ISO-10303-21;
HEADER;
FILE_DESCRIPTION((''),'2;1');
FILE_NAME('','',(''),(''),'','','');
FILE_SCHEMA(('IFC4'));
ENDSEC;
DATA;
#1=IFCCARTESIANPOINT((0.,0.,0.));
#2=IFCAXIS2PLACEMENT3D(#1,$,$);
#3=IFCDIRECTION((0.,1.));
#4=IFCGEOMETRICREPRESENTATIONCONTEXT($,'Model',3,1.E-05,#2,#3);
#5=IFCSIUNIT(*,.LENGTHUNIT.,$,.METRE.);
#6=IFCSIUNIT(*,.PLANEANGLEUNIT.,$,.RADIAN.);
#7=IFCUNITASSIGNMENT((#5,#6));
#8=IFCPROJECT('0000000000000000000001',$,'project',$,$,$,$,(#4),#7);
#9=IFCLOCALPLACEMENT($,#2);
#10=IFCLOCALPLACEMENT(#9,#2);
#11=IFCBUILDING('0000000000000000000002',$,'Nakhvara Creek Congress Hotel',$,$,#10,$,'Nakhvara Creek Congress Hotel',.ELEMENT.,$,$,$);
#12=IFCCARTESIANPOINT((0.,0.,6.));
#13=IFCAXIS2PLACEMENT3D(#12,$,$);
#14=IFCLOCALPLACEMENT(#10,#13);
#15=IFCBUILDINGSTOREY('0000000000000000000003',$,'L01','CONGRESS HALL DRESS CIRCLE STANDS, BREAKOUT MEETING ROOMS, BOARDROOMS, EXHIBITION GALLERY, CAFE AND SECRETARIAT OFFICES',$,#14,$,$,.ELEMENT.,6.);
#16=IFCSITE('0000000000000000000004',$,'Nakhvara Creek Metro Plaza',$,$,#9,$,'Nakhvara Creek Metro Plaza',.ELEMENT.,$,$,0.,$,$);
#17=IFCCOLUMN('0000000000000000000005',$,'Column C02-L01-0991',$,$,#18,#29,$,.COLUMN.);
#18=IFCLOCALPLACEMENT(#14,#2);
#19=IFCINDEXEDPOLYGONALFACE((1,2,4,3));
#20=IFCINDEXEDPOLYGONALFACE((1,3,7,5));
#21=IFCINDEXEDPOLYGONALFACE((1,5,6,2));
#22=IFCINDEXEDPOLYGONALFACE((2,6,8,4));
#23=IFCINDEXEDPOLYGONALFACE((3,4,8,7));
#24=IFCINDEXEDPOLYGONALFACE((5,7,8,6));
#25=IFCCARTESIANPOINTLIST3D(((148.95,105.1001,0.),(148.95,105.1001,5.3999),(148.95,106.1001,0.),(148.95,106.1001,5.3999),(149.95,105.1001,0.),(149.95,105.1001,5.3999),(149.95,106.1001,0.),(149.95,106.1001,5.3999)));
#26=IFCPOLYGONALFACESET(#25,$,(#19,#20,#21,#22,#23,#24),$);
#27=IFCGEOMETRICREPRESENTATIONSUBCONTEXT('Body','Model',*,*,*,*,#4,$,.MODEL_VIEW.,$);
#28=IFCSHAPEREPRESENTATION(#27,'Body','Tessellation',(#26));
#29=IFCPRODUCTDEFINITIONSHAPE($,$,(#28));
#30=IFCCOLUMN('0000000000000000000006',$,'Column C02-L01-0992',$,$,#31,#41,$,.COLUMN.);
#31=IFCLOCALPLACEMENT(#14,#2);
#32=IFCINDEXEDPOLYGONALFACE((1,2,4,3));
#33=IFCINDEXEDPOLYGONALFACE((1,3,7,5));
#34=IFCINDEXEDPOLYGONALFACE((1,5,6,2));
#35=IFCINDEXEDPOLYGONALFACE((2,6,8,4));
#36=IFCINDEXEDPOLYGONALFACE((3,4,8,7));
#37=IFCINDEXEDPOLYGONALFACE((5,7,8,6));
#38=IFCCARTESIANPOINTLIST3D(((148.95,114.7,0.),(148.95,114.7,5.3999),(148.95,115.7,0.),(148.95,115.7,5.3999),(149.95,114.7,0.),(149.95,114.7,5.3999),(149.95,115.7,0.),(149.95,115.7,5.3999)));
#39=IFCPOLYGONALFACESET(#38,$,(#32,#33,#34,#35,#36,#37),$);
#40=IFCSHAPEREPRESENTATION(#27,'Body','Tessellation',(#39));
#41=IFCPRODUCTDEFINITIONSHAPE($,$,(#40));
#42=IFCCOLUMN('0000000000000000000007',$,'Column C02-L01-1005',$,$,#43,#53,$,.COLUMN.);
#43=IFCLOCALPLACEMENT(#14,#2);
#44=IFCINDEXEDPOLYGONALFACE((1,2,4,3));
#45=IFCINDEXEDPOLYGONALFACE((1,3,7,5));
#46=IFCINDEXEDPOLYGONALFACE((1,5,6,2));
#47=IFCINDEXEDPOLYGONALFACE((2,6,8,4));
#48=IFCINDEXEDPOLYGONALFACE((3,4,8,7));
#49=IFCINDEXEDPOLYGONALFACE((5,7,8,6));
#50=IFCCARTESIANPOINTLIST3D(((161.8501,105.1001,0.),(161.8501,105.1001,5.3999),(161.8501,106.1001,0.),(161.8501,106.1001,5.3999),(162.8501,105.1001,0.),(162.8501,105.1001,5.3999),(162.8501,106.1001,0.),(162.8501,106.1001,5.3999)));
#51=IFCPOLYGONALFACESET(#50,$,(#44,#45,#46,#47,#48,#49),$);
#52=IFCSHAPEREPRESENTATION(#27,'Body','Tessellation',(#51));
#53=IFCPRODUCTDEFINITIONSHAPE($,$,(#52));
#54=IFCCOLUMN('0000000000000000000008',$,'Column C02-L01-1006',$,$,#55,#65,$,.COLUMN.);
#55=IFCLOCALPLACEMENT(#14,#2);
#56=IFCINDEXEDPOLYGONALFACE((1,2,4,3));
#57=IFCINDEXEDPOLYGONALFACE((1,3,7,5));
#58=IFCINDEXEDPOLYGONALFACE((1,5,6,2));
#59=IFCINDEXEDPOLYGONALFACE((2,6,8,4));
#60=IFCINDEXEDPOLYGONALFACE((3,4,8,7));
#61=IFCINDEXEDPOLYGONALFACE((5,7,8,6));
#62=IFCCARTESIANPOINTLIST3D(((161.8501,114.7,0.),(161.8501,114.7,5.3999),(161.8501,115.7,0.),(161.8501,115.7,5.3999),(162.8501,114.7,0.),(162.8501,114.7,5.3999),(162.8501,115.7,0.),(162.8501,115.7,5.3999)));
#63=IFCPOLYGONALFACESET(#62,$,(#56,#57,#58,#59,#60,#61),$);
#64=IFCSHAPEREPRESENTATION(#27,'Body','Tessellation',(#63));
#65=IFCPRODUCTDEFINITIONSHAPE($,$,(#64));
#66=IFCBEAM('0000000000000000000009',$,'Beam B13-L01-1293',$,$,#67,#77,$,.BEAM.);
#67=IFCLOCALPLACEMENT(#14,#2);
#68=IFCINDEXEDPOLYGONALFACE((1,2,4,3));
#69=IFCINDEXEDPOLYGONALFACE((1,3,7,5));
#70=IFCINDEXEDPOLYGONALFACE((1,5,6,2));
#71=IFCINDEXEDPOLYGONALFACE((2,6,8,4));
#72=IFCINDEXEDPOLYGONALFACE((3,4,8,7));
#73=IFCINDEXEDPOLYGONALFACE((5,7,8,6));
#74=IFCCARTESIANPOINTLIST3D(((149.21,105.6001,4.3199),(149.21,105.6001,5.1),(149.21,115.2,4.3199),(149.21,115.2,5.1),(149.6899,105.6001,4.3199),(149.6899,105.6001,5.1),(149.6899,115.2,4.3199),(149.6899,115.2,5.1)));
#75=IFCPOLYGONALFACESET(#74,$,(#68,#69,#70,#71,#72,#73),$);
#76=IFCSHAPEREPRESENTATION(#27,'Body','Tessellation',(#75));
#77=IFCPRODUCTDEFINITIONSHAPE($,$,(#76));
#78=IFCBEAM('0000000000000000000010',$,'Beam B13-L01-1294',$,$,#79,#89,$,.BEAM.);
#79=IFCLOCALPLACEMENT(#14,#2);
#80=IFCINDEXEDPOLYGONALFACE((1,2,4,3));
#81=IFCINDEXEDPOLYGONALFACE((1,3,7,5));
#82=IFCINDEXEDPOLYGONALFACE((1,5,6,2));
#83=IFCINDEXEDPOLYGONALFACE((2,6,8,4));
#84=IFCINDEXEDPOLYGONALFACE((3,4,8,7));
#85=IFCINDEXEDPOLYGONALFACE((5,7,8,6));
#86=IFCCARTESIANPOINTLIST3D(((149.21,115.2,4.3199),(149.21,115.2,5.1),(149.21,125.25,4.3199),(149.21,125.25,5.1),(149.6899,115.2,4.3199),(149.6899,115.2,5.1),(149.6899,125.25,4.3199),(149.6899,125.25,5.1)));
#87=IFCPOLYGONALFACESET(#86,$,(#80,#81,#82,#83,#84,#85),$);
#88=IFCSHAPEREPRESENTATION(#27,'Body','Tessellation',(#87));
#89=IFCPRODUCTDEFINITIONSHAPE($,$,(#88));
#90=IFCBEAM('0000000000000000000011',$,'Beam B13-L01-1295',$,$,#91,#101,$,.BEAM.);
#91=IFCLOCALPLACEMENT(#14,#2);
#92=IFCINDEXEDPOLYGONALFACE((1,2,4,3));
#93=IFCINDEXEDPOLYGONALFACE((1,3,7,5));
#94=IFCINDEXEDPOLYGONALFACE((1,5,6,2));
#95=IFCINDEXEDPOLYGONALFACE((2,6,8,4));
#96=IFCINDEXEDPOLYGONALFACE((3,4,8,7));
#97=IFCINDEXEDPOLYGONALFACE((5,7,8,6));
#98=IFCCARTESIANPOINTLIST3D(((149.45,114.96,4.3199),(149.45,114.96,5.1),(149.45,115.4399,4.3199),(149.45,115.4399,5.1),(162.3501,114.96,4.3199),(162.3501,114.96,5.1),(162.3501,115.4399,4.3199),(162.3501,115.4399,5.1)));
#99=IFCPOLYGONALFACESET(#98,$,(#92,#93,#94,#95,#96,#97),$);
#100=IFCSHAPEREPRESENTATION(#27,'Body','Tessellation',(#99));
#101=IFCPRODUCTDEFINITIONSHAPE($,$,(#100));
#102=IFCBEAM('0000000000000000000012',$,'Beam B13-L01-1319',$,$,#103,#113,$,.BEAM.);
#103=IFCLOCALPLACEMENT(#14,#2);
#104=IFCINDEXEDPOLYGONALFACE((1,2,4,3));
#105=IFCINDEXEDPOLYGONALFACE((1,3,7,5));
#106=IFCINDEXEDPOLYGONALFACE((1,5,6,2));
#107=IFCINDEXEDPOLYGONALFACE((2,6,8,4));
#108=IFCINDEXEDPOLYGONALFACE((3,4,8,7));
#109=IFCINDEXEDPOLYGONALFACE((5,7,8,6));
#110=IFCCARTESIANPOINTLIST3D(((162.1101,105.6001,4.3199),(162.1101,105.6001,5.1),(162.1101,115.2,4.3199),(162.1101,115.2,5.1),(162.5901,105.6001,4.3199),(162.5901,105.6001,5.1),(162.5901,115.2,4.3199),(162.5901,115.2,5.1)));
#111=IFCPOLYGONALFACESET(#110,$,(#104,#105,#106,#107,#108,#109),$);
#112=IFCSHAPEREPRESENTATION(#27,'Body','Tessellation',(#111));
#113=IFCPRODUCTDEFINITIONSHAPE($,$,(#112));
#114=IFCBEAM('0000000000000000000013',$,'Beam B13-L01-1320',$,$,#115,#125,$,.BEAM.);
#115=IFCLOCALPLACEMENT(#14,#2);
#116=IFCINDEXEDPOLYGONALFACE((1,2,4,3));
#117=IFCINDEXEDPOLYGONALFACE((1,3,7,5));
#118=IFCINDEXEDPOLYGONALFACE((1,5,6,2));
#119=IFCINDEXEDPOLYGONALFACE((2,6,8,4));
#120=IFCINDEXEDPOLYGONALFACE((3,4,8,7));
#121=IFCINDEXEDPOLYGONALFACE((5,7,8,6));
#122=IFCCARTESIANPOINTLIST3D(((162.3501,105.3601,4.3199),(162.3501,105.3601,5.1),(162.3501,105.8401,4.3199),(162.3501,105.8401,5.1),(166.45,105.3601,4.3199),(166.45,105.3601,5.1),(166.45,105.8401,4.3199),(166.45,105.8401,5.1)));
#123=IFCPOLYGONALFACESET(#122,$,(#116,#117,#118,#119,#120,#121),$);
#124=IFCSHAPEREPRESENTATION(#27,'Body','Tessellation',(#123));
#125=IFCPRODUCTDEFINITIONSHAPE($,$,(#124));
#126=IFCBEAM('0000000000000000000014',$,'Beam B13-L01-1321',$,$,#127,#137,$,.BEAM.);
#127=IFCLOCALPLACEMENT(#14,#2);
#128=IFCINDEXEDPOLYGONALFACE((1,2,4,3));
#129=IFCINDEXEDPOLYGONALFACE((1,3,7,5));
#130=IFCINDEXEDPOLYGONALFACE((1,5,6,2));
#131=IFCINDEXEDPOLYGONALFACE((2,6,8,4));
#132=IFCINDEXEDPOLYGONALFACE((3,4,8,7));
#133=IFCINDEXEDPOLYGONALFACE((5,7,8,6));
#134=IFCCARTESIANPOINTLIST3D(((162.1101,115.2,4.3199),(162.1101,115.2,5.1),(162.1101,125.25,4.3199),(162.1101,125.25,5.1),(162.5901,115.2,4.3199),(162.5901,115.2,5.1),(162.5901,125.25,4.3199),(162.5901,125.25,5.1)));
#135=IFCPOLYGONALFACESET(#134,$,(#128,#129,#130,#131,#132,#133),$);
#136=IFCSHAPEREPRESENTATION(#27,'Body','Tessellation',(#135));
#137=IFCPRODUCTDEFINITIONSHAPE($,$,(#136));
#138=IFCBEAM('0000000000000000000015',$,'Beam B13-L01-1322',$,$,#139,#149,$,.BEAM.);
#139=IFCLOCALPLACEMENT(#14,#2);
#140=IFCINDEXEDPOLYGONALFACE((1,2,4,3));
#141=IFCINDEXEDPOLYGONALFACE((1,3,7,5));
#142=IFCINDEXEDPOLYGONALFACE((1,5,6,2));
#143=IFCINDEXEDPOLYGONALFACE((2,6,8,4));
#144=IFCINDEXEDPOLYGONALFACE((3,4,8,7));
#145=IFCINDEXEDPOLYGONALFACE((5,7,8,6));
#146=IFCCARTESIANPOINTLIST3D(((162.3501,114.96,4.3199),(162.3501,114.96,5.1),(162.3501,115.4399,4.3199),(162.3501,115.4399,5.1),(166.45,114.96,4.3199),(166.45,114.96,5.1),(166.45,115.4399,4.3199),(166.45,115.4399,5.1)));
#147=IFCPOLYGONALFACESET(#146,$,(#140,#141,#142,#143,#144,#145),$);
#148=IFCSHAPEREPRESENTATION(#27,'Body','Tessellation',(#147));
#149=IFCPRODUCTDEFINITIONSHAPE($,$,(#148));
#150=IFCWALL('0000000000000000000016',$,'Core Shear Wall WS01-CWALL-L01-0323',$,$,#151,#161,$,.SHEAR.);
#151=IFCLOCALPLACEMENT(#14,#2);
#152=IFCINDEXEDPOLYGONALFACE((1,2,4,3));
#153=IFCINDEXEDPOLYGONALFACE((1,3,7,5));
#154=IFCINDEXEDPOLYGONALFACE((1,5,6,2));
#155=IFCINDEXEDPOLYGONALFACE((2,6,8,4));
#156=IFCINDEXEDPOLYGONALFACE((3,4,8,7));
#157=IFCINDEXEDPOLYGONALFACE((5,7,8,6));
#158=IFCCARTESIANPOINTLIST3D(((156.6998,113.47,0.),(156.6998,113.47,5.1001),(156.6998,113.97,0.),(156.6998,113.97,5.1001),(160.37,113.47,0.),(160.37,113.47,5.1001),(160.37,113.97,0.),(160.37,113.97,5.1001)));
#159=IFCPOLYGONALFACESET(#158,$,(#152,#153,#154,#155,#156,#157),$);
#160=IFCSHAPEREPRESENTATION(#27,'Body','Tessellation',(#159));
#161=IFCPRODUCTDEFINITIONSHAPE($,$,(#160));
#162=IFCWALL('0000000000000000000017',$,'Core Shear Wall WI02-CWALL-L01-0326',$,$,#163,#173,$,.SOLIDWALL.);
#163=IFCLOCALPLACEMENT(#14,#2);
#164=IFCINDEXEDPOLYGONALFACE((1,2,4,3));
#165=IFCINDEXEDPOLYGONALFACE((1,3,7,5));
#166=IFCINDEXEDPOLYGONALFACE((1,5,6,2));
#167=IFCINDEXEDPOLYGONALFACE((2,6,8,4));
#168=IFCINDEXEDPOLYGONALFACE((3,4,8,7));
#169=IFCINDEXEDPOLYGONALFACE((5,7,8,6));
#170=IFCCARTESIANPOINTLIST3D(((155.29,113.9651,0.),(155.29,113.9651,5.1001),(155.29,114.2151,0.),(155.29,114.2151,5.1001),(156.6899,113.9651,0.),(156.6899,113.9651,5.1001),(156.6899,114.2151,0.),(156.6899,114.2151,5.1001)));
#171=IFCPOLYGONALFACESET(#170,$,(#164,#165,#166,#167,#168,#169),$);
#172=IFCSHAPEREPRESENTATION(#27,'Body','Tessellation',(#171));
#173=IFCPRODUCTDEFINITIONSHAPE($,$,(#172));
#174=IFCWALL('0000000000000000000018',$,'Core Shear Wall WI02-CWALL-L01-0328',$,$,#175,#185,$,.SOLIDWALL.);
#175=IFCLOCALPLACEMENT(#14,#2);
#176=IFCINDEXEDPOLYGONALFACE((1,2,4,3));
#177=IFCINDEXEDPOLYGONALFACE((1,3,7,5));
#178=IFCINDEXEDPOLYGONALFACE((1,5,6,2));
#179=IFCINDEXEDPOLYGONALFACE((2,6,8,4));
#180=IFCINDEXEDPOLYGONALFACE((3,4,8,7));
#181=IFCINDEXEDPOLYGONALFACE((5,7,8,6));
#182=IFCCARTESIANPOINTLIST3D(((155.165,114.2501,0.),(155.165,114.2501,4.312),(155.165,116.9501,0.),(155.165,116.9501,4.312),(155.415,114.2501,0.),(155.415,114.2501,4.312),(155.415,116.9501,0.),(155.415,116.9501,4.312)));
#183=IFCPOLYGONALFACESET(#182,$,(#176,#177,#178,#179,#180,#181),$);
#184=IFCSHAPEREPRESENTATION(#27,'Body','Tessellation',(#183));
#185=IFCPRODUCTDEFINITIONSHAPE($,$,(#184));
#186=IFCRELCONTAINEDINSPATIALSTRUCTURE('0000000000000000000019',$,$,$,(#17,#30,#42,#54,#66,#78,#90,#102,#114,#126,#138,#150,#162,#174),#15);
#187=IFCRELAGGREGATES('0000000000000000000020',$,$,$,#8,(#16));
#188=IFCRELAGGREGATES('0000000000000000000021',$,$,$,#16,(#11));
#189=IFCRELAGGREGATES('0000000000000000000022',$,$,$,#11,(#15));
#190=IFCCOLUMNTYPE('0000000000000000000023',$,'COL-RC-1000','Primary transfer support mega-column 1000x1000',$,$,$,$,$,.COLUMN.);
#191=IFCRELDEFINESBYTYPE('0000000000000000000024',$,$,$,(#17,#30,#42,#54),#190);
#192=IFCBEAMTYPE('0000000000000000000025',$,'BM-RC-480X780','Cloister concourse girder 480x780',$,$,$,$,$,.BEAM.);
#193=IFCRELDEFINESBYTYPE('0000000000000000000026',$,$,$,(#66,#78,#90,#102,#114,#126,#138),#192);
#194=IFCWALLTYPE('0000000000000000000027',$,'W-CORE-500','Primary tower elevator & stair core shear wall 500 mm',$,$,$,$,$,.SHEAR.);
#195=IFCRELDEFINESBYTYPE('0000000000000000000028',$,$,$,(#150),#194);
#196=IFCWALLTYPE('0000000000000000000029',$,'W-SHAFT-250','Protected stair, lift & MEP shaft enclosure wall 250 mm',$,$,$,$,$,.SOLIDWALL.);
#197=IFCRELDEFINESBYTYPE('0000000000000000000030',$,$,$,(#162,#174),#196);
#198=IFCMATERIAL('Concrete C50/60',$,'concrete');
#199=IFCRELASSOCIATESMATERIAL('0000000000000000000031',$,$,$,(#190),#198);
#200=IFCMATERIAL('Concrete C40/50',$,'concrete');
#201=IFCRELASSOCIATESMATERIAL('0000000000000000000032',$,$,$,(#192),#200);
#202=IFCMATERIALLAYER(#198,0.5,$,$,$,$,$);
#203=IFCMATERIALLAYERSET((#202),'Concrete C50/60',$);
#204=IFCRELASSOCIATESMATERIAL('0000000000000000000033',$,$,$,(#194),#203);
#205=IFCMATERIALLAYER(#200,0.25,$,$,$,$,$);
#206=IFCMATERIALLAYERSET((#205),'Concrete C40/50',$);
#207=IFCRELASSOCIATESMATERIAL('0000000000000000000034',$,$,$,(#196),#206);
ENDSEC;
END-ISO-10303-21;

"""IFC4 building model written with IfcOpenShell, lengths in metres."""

from ifc_helpers import new_model, si_unit, direction, frame, frame_2d, origin, origin_2d, place, context, subcontext, project, spatial, rectangle, extrude, material, layer, layer_set, material_profile, profile_set, type_object, element, save


model = new_model("IFC4")

# Units and contexts
model_context = context("Model", 3, precision=1e-05, world=origin(), true_north=direction((0.0, 1.0)))
body_context = subcontext(model_context, "Body", "Model", "MODEL_VIEW")
ifc_project = project(units=[si_unit("LENGTHUNIT", "METRE"), si_unit("PLANEANGLEUNIT", "RADIAN")], contexts=[model_context])

# Site, building, storey
site_placement = place(None, origin())
site = spatial("IfcSite", under=ifc_project, at=site_placement, Name="Nakhvara Creek Metro Plaza", LongName="Nakhvara Creek Metro Plaza", CompositionType="ELEMENT", RefElevation=0.0)
building_placement = place(site_placement, origin())
building = spatial("IfcBuilding", under=site, at=building_placement, Name="Nakhvara Creek Congress Hotel", LongName="Nakhvara Creek Congress Hotel", CompositionType="ELEMENT")
storey_placement = place(building_placement, frame((0.0, 0.0, 6.0)))
storey = spatial("IfcBuildingStorey", under=building, at=storey_placement, Name="L01", Description="CONGRESS HALL DRESS CIRCLE STANDS, BREAKOUT MEETING ROOMS, BOARDROOMS, EXHIBITION GALLERY, CAFE AND SECRETARIAT OFFICES", CompositionType="ELEMENT", Elevation=6.0)

# Columns
ifc_material_1 = material(Name="Concrete C50/60", Category="concrete")
ifc_material_profile_1 = material_profile(ifc_material_1, rectangle(XDim=1.0, YDim=1.0, at=origin_2d()), Name="RC-COL 1000x1000", Category="LoadBearing")
ifc_profile_set_1 = profile_set([ifc_material_profile_1], Name="Concrete C50/60")
column_type = type_object("IfcColumnType", Name="COL-RC-1000", Description="Primary transfer support mega-column 1000x1000", PredefinedType="COLUMN", material=ifc_profile_set_1)
for number, where, z_axis, x_axis, name in (
    (1, (149.45, 105.6001, 0.0), (0.0, 0.0, 1.0), (1.0, 0.0, 0.0), "Column C02-L01-0991"),
    (2, (149.45, 115.2, 0.0), (0.0, 0.0, 1.0), (1.0, 0.0, 0.0), "Column C02-L01-0992"),
    (3, (162.3501, 105.6001, 0.0), (0.0, 0.0, 1.0), (1.0, 0.0, 0.0), "Column C02-L01-1005"),
    (4, (162.3501, 115.2, 0.0), (0.0, 0.0, 1.0), (1.0, 0.0, 0.0), "Column C02-L01-1006"),
):
    element("IfcColumn", number, at=place(storey_placement, frame(where, z_axis=z_axis, x_axis=x_axis)), inside=storey, type_object=column_type, Name=name, PredefinedType="COLUMN", context=body_context, shape_type="SweptSolid", body=[
        extrude(rectangle(XDim=1.0, YDim=1.0, at=origin_2d()), origin(), (0.0, 0.0, 1.0), 5.3999),
    ])

# Beams
ifc_material_2 = material(Name="Concrete C40/50", Category="concrete")
ifc_material_profile_2 = material_profile(ifc_material_2, rectangle(XDim=0.48, YDim=0.78, at=origin_2d()), Name="RC-BM 480x780", Category="LoadBearing")
ifc_profile_set_2 = profile_set([ifc_material_profile_2], Name="Concrete C40/50")
beam_type = type_object("IfcBeamType", Name="BM-RC-480X780", Description="Cloister concourse girder 480x780", PredefinedType="BEAM", material=ifc_profile_set_2)
beam_1_placement = place(storey_placement, frame((149.45, 105.6001, 4.71), z_axis=(0.0, 1.0, 0.0), x_axis=(-1.0, 0.0, 0.0)))
element("IfcBeam", 5, at=beam_1_placement, inside=storey, type_object=beam_type, Name="Beam B13-L01-1293", PredefinedType="BEAM", context=body_context, shape_type="SweptSolid", body=[
    extrude(rectangle(XDim=0.48, YDim=0.78, at=origin_2d()), origin(), (0.0, 0.0, 1.0), 9.5999),
])
beam_2_placement = place(storey_placement, frame((149.45, 115.2, 4.71), z_axis=(0.0, 1.0, 0.0), x_axis=(-1.0, 0.0, 0.0)))
element("IfcBeam", 6, at=beam_2_placement, inside=storey, type_object=beam_type, Name="Beam B13-L01-1294", PredefinedType="BEAM", context=body_context, shape_type="SweptSolid", body=[
    extrude(rectangle(XDim=0.48, YDim=0.78, at=origin_2d()), origin(), (0.0, 0.0, 1.0), 10.05),
])
beam_3_placement = place(storey_placement, frame((149.45, 115.2, 4.71), z_axis=(1.0, 0.0, 0.0), x_axis=(0.0, 1.0, 0.0)))
element("IfcBeam", 7, at=beam_3_placement, inside=storey, type_object=beam_type, Name="Beam B13-L01-1295", PredefinedType="BEAM", context=body_context, shape_type="SweptSolid", body=[
    extrude(rectangle(XDim=0.48, YDim=0.78, at=origin_2d()), origin(), (0.0, 0.0, 1.0), 12.9001),
])
beam_4_placement = place(storey_placement, frame((162.3501, 105.6001, 4.71), z_axis=(0.0, 1.0, 0.0), x_axis=(-1.0, 0.0, 0.0)))
element("IfcBeam", 8, at=beam_4_placement, inside=storey, type_object=beam_type, Name="Beam B13-L01-1319", PredefinedType="BEAM", context=body_context, shape_type="SweptSolid", body=[
    extrude(rectangle(XDim=0.48, YDim=0.78, at=origin_2d()), origin(), (0.0, 0.0, 1.0), 9.5999),
])
beam_5_placement = place(storey_placement, frame((162.3501, 105.6001, 4.71), z_axis=(1.0, 0.0, 0.0), x_axis=(0.0, 1.0, 0.0)))
element("IfcBeam", 9, at=beam_5_placement, inside=storey, type_object=beam_type, Name="Beam B13-L01-1320", PredefinedType="BEAM", context=body_context, shape_type="SweptSolid", body=[
    extrude(rectangle(XDim=0.48, YDim=0.78, at=origin_2d()), origin(), (0.0, 0.0, 1.0), 4.0999),
])
beam_6_placement = place(storey_placement, frame((162.3501, 115.2, 4.71), z_axis=(0.0, 1.0, 0.0), x_axis=(-1.0, 0.0, 0.0)))
element("IfcBeam", 10, at=beam_6_placement, inside=storey, type_object=beam_type, Name="Beam B13-L01-1321", PredefinedType="BEAM", context=body_context, shape_type="SweptSolid", body=[
    extrude(rectangle(XDim=0.48, YDim=0.78, at=origin_2d()), origin(), (0.0, 0.0, 1.0), 10.05),
])
beam_7_placement = place(storey_placement, frame((162.3501, 115.2, 4.71), z_axis=(1.0, 0.0, 0.0), x_axis=(0.0, 1.0, 0.0)))
element("IfcBeam", 11, at=beam_7_placement, inside=storey, type_object=beam_type, Name="Beam B13-L01-1322", PredefinedType="BEAM", context=body_context, shape_type="SweptSolid", body=[
    extrude(rectangle(XDim=0.48, YDim=0.78, at=origin_2d()), origin(), (0.0, 0.0, 1.0), 4.0999),
])

# Wall
ifc_layer_1 = layer(ifc_material_1, 0.5)
ifc_layer_set_1 = layer_set([ifc_layer_1], Name="Concrete C50/60")
wall_type_1 = type_object("IfcWallType", Name="W-CORE-500", Description="Primary tower elevator & stair core shear wall 500 mm", PredefinedType="SHEAR", material=ifc_layer_set_1)
wall_1_placement = place(storey_placement, frame((156.7, 113.72, 0.0), z_axis=(0.0, 0.0, 1.0), x_axis=(1.0, 0.0, 0.0)))
element("IfcWall", 12, at=wall_1_placement, inside=storey, type_object=wall_type_1, Name="Core Shear Wall WS01-CWALL-L01-0323", PredefinedType="SHEAR", context=body_context, shape_type="SweptSolid", body=[
    extrude(rectangle(XDim=3.6702, YDim=0.5, at=frame_2d((1.835, 0.0))), origin(), (0.0, 0.0, 1.0), 5.1001),
])

# Walls
ifc_layer_2 = layer(ifc_material_2, 0.25)
ifc_layer_set_2 = layer_set([ifc_layer_2], Name="Concrete C40/50")
wall_type_2 = type_object("IfcWallType", Name="W-SHAFT-250", Description="Protected stair, lift & MEP shaft enclosure wall 250 mm", PredefinedType="SOLIDWALL", material=ifc_layer_set_2)
wall_2_placement = place(storey_placement, frame((155.29, 114.0901, 0.0), z_axis=(0.0, 0.0, 1.0), x_axis=(1.0, 0.0, 0.0)))
element("IfcWall", 13, at=wall_2_placement, inside=storey, type_object=wall_type_2, Name="Core Shear Wall WI02-CWALL-L01-0326", PredefinedType="SOLIDWALL", context=body_context, shape_type="SweptSolid", body=[
    extrude(rectangle(XDim=1.3999, YDim=0.25, at=frame_2d((0.7, 0.0))), origin(), (0.0, 0.0, 1.0), 5.1001),
])
wall_3_placement = place(storey_placement, frame((155.29, 114.25, 0.0), z_axis=(0.0, 0.0, 1.0), x_axis=(0.0, 1.0, 0.0)))
element("IfcWall", 14, at=wall_3_placement, inside=storey, type_object=wall_type_2, Name="Core Shear Wall WI02-CWALL-L01-0328", PredefinedType="SOLIDWALL", context=body_context, shape_type="SweptSolid", body=[
    extrude(rectangle(XDim=2.7, YDim=0.25, at=frame_2d((1.3501, 0.0))), origin(), (0.0, 0.0, 1.0), 4.312),
])

save(model, "model.ifc")
